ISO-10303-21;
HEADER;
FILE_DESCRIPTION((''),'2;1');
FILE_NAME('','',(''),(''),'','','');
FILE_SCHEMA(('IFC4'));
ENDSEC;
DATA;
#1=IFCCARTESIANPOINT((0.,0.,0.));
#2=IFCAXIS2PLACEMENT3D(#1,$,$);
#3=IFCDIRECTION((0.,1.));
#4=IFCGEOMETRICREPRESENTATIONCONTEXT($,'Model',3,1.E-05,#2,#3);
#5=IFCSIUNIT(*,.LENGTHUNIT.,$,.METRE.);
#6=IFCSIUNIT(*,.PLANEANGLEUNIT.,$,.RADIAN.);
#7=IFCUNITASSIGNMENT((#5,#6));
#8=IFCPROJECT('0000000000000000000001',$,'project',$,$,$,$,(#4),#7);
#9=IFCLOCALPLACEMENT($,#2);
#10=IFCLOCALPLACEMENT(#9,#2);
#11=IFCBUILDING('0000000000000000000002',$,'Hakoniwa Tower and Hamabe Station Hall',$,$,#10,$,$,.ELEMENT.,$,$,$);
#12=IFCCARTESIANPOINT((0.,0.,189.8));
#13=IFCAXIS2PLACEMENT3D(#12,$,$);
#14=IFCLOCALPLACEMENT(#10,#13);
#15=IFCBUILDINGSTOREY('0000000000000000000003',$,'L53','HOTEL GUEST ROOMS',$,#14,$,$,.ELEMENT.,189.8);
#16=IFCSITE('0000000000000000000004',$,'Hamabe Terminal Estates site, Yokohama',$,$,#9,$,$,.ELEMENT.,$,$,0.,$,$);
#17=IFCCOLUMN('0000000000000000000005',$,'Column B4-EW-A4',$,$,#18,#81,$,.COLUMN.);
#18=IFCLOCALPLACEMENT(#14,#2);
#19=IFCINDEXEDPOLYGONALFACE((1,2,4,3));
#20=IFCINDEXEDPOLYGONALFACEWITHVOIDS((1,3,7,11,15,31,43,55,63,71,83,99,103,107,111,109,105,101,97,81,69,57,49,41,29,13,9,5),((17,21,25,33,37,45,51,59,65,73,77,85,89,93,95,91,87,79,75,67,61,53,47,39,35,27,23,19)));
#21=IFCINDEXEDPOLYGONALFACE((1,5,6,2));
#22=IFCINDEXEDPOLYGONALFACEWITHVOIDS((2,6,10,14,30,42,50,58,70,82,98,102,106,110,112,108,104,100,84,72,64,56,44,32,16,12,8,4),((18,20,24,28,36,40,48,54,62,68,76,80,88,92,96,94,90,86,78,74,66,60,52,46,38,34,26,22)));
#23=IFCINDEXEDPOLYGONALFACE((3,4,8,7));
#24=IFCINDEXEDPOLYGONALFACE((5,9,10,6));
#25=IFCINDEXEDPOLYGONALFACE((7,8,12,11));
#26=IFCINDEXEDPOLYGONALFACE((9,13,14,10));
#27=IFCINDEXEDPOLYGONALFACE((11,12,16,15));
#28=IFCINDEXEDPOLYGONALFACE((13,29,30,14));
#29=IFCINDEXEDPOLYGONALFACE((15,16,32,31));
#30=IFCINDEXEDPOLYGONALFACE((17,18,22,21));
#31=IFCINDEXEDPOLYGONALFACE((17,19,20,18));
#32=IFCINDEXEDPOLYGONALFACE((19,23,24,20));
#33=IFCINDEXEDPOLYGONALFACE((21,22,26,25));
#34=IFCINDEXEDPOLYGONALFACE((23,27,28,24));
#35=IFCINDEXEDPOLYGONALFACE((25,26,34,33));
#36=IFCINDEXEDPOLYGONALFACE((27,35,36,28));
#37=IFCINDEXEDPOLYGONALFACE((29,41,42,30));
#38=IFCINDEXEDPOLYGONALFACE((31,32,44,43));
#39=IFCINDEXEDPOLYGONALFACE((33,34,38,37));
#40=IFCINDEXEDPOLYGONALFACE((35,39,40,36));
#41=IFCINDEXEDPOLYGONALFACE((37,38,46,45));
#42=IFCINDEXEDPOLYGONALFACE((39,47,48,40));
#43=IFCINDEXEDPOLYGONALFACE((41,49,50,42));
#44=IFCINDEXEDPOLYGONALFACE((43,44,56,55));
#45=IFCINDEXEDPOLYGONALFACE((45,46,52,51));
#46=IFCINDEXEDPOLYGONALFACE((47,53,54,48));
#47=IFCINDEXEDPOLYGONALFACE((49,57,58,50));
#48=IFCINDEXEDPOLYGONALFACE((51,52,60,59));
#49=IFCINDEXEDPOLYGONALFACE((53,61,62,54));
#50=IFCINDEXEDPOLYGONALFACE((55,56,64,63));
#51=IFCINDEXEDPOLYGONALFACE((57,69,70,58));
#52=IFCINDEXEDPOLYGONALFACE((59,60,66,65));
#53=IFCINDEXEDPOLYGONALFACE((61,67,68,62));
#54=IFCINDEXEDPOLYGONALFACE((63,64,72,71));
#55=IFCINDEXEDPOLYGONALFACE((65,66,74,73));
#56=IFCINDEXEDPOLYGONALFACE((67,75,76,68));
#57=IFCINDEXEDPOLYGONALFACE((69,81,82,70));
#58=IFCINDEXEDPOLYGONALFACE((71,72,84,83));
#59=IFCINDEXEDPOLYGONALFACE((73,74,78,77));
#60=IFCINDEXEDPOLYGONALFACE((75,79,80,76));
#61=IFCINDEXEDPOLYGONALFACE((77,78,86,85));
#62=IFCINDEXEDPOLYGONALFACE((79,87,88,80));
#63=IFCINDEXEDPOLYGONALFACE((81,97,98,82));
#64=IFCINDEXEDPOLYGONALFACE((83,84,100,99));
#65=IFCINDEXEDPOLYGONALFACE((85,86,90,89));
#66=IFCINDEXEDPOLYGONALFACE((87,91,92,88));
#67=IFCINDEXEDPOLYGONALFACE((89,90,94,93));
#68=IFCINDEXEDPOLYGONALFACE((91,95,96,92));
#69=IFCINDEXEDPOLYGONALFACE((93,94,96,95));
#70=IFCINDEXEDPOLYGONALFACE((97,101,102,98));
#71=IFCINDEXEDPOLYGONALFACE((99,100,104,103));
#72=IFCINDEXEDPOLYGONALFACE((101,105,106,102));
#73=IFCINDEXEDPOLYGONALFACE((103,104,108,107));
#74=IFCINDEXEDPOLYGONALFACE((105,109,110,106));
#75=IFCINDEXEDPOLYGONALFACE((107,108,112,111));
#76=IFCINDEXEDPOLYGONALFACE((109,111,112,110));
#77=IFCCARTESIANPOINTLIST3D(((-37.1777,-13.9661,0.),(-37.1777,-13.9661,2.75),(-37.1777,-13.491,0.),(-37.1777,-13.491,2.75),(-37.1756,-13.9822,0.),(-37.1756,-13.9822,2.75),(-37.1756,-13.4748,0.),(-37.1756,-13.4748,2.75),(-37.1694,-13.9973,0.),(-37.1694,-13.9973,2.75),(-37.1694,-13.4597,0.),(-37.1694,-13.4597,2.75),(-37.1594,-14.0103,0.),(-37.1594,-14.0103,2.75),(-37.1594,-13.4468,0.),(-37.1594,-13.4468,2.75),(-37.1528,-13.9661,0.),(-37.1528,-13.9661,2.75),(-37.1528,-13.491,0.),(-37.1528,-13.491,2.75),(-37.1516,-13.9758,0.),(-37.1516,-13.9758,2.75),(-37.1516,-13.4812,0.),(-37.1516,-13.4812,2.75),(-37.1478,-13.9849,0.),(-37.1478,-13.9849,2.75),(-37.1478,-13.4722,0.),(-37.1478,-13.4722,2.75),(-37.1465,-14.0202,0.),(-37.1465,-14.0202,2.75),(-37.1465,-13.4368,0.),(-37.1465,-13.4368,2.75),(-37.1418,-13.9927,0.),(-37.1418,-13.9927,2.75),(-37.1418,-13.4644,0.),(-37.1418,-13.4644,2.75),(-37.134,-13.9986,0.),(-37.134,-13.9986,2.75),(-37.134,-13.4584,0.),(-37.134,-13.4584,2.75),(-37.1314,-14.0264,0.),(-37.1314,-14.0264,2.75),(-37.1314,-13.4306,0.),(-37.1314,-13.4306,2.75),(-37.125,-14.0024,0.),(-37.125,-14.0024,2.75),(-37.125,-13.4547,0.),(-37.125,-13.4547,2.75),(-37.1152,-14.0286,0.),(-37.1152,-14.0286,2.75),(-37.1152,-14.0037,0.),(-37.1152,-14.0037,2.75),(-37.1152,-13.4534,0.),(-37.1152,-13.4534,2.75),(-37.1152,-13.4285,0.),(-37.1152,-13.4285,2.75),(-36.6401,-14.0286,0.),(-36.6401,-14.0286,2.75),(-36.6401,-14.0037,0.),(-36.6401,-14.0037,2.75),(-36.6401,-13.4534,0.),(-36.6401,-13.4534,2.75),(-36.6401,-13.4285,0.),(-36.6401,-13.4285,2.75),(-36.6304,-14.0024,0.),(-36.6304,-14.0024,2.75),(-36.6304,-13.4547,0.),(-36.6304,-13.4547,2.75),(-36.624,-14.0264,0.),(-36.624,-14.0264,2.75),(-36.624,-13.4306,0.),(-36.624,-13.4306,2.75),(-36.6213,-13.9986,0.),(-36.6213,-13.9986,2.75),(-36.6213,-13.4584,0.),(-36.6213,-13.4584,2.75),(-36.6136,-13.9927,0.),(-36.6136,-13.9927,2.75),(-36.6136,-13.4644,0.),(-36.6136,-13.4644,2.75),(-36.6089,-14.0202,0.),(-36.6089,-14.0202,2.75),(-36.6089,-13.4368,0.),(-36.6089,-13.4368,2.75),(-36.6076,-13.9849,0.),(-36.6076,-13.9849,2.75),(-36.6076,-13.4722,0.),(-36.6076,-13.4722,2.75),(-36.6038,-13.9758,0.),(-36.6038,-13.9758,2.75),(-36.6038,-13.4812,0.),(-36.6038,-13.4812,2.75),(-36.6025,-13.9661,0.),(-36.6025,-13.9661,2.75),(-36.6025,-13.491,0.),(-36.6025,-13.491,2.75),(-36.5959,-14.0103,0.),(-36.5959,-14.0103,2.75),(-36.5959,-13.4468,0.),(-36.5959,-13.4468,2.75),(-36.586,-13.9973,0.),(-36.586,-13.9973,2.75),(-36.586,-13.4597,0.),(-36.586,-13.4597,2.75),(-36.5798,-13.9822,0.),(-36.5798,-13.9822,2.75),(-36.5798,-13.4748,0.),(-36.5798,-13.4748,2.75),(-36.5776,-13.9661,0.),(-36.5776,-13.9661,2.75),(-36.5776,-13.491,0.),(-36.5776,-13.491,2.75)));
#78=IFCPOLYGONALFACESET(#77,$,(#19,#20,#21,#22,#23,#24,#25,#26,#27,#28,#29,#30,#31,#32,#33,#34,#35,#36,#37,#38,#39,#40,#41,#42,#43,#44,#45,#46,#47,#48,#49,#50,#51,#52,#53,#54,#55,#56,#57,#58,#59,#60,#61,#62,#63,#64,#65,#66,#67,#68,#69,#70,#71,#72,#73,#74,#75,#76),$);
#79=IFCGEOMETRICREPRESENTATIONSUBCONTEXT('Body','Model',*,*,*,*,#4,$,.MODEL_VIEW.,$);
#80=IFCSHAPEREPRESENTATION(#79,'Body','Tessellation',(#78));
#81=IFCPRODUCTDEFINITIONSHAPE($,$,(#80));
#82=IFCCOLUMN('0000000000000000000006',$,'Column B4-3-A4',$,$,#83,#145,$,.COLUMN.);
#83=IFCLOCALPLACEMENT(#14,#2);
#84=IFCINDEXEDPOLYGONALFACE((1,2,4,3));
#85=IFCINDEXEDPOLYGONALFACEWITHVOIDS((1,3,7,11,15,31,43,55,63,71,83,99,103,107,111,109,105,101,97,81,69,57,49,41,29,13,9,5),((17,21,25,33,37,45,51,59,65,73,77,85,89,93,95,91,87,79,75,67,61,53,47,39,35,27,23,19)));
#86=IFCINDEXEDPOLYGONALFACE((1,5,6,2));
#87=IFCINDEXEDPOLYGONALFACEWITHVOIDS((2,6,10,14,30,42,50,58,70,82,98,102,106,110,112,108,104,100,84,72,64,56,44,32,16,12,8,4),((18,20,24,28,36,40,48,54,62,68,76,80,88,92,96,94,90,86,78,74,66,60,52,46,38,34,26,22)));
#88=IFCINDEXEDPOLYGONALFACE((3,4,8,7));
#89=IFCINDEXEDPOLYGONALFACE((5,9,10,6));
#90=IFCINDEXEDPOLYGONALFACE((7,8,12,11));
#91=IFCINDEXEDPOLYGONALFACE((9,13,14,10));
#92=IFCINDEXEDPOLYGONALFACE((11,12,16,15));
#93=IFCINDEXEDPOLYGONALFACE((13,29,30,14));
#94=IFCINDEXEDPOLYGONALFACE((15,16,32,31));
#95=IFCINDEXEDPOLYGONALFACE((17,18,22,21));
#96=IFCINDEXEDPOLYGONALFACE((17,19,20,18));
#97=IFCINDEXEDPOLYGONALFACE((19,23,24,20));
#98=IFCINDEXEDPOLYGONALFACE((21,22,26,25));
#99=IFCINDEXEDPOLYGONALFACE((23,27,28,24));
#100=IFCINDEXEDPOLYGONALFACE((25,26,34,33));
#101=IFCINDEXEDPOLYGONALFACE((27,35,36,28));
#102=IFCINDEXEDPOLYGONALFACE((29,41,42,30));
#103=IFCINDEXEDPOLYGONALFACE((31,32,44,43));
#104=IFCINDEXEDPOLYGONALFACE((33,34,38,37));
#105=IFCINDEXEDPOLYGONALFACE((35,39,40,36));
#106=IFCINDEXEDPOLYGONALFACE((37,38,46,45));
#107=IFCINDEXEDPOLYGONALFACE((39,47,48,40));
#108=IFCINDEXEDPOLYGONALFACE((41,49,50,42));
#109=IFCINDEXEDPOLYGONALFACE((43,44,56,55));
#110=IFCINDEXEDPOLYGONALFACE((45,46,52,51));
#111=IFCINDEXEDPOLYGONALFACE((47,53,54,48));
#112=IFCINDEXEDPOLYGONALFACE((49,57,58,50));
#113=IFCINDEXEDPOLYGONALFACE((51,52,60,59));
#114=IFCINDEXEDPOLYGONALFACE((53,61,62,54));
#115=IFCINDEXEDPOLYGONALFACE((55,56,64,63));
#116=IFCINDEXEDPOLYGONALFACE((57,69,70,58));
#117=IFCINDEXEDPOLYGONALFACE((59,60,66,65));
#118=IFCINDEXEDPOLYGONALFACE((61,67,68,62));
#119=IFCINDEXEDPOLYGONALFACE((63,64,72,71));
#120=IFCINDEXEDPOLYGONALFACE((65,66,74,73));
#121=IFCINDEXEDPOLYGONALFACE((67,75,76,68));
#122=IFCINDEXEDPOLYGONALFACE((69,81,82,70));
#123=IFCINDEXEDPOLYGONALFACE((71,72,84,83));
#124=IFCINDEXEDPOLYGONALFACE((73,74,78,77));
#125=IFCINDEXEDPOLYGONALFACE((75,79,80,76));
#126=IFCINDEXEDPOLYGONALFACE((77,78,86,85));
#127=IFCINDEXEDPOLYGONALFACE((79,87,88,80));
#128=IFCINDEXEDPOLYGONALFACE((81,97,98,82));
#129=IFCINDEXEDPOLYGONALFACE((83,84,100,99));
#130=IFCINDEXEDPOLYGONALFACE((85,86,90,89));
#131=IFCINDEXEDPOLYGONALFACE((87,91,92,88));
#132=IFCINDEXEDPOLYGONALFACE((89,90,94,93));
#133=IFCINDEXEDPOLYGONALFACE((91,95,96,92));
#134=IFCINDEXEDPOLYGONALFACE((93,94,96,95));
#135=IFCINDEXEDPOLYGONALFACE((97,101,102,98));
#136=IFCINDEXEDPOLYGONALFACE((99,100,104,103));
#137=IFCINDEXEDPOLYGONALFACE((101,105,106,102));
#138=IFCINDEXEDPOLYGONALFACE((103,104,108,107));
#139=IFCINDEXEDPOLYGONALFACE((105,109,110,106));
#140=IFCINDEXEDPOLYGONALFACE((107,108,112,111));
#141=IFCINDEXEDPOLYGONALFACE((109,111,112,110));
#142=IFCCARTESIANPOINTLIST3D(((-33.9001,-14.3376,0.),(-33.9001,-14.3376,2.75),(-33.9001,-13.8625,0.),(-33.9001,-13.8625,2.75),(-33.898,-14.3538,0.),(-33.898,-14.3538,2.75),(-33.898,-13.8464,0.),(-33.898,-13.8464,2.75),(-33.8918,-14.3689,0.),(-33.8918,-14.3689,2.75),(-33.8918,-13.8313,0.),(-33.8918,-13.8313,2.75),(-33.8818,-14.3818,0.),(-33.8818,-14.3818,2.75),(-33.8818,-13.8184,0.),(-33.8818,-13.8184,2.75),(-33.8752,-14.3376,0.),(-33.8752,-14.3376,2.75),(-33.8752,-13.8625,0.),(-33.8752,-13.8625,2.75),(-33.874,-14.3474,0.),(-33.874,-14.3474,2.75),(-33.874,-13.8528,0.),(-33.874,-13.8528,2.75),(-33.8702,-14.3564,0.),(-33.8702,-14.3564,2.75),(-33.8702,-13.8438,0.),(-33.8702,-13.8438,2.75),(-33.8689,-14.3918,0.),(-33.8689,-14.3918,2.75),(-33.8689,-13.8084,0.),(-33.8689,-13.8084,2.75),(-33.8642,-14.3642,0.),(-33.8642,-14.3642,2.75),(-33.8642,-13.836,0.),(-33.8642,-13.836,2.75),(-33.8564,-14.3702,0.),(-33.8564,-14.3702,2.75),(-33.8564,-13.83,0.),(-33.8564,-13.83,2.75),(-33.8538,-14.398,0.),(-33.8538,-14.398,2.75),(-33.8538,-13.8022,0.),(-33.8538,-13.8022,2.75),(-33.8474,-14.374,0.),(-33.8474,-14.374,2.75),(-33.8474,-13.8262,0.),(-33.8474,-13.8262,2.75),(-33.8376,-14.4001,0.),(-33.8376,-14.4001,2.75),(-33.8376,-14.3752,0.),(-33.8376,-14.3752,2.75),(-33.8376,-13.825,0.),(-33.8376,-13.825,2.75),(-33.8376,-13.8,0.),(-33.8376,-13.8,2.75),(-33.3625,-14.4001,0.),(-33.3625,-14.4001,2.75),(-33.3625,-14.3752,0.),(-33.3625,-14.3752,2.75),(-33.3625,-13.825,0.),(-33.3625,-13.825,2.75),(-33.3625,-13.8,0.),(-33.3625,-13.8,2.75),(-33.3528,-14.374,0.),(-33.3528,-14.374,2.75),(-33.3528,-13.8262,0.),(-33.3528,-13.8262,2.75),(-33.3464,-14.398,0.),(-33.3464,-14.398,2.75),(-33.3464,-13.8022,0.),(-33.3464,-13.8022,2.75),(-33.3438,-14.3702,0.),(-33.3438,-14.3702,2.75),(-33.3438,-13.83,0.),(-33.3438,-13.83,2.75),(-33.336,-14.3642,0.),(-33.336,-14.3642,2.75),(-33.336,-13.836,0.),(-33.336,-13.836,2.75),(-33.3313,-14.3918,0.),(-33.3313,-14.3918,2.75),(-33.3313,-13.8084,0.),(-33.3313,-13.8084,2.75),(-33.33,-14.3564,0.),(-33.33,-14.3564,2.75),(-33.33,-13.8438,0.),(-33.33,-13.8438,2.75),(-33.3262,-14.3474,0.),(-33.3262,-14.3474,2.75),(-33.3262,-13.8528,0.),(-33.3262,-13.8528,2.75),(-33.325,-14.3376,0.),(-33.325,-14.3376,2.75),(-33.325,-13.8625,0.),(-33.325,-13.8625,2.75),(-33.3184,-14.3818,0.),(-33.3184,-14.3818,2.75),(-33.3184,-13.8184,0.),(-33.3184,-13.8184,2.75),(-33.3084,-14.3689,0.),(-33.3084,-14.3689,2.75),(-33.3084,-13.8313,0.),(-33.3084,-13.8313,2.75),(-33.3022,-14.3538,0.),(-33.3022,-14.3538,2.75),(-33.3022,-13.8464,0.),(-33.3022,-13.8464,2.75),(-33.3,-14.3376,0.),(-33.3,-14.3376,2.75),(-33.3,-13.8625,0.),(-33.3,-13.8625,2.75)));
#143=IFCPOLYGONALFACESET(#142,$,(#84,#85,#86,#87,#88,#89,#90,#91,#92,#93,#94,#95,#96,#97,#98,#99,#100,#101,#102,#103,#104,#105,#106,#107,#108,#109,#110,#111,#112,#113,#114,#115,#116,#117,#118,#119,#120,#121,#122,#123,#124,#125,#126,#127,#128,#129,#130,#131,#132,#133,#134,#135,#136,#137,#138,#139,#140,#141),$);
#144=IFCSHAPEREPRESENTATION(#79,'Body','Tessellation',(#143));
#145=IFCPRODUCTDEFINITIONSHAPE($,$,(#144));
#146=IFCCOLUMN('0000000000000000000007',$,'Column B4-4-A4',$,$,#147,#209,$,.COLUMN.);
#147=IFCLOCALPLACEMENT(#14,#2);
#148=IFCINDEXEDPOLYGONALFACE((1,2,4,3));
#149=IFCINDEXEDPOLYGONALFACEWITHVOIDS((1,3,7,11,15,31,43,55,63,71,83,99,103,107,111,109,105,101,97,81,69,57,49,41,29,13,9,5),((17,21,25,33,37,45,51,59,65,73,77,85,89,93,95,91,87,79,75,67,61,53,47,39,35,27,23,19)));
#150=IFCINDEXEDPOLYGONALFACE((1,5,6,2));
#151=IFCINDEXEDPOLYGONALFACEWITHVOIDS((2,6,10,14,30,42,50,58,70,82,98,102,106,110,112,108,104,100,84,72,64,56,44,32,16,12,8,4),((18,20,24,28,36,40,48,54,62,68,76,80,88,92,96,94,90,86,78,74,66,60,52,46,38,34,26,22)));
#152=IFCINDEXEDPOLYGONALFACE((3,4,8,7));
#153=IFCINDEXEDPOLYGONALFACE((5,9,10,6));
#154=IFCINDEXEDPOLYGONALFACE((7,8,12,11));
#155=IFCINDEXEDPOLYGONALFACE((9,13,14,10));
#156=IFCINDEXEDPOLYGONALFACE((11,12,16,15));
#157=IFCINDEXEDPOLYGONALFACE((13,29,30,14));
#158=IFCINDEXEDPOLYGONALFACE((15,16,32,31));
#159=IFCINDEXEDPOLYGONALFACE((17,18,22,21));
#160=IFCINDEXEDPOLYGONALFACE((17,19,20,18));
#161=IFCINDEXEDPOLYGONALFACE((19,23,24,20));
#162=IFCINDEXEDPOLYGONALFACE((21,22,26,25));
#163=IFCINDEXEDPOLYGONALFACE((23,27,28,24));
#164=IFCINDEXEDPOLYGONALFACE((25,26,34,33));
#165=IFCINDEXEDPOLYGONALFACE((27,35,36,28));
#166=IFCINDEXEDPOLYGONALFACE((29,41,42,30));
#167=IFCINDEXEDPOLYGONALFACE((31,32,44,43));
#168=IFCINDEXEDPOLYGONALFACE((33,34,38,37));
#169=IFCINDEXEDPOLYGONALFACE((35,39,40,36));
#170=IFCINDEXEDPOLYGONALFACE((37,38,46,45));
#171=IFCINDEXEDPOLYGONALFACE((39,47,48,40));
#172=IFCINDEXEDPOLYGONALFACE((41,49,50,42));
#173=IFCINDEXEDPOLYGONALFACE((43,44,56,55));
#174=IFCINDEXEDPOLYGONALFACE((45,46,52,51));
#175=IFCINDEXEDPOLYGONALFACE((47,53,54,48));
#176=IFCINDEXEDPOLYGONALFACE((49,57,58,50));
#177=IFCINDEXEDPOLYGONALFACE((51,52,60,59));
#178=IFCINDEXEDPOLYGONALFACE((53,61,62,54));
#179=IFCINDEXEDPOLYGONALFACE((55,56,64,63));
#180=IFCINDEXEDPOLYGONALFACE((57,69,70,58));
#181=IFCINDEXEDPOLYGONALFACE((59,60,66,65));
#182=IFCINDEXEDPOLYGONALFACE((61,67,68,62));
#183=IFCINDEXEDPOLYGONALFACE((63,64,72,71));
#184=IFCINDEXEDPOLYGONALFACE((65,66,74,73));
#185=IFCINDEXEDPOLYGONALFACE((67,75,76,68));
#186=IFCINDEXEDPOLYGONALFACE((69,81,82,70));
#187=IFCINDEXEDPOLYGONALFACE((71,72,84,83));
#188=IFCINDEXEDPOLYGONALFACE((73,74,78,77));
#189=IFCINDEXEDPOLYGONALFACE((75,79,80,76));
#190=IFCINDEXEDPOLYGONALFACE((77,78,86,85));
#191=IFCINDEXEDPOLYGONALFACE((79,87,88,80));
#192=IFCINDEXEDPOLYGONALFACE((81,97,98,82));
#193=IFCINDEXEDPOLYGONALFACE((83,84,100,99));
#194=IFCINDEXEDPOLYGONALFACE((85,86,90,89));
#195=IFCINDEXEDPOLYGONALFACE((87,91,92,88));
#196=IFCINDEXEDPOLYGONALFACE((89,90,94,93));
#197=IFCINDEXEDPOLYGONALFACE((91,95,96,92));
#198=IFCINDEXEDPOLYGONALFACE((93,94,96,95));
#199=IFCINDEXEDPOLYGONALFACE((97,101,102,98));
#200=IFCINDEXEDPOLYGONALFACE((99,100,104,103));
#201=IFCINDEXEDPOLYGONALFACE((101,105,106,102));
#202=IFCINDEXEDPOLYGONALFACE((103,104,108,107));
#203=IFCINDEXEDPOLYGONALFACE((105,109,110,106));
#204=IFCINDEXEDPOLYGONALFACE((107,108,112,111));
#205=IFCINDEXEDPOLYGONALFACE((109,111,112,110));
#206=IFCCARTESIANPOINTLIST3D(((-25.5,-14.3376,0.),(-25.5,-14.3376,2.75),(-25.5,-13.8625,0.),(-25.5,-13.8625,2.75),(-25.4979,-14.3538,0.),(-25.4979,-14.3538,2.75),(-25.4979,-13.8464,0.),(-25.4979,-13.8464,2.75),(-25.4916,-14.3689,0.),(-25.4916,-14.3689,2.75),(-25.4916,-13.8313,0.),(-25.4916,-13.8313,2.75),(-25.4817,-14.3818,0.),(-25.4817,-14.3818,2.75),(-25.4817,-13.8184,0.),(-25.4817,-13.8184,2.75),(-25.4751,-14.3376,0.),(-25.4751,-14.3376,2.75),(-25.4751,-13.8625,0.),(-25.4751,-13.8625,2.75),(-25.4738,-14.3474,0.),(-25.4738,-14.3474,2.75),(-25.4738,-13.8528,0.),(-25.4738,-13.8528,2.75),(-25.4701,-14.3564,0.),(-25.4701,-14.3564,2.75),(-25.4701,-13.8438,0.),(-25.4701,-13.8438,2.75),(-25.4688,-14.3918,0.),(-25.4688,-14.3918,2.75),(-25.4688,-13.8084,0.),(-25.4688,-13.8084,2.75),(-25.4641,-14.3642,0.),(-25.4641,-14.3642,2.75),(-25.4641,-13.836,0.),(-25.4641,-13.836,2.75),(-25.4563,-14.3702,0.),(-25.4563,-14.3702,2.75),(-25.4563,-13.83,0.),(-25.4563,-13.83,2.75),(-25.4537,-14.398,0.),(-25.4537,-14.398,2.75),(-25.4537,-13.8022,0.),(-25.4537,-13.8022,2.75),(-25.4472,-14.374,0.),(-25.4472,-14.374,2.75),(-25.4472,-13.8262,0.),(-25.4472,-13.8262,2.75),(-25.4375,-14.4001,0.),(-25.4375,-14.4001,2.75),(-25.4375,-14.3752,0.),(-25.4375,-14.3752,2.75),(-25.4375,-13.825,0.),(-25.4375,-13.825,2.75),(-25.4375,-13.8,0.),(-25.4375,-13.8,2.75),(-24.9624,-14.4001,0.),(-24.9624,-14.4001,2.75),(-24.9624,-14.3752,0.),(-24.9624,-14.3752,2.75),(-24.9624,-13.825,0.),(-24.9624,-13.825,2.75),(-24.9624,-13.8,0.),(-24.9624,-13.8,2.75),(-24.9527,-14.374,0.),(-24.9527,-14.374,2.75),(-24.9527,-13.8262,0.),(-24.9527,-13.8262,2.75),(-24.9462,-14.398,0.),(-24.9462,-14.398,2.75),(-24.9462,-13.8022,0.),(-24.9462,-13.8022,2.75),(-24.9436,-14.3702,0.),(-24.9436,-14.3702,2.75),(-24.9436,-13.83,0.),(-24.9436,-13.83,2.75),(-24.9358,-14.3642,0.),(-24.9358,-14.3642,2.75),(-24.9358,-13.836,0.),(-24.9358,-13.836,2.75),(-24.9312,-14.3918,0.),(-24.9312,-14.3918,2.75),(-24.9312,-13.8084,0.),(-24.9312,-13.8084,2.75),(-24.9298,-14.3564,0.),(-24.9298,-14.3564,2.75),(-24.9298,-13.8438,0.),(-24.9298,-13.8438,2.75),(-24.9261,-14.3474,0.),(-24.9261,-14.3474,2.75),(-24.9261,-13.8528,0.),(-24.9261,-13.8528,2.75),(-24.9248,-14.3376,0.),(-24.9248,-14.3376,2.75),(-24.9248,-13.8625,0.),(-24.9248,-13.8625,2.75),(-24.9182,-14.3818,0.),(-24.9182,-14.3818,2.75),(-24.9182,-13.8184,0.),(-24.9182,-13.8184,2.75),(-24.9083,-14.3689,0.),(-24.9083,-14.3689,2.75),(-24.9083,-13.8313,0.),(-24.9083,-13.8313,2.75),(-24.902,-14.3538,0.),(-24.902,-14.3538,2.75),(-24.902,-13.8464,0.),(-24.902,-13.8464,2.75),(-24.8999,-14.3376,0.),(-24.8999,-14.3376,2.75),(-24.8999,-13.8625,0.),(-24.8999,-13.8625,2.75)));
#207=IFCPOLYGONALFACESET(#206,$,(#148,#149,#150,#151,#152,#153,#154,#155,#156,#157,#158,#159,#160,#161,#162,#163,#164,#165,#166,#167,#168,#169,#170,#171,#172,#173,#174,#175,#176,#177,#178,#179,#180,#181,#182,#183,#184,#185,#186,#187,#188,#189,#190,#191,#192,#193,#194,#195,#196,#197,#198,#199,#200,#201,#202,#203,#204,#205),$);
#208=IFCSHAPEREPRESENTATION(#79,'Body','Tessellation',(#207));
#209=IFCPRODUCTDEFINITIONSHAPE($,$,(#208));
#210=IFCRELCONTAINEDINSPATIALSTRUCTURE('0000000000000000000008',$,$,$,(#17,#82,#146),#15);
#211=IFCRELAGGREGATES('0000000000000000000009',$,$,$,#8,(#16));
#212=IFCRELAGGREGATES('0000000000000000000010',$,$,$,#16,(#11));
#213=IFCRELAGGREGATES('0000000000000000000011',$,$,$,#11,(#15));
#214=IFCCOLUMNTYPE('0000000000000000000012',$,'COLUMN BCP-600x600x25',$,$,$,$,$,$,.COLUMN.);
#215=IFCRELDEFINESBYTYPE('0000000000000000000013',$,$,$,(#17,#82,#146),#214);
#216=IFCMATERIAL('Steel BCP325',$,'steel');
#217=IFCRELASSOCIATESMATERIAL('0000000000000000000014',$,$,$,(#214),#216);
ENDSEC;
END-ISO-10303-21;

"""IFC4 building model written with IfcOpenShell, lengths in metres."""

from ifc_helpers import new_model, si_unit, direction, frame, origin, origin_2d, place, context, subcontext, project, spatial, hollow_rectangle, extrude, material, material_profile, profile_set, type_object, element, save


model = new_model("IFC4")

# Units and contexts
model_context = context("Model", 3, precision=1e-05, world=origin(), true_north=direction((0.0, 1.0)))
body_context = subcontext(model_context, "Body", "Model", "MODEL_VIEW")
ifc_project = project(units=[si_unit("LENGTHUNIT", "METRE"), si_unit("PLANEANGLEUNIT", "RADIAN")], contexts=[model_context])

# Site, building, storey
site_placement = place(None, origin())
site = spatial("IfcSite", under=ifc_project, at=site_placement, Name="Hamabe Terminal Estates site, Yokohama", CompositionType="ELEMENT", RefElevation=0.0)
building_placement = place(site_placement, origin())
building = spatial("IfcBuilding", under=site, at=building_placement, Name="Hakoniwa Tower and Hamabe Station Hall", CompositionType="ELEMENT")
storey_placement = place(building_placement, frame((0.0, 0.0, 189.8)))
storey = spatial("IfcBuildingStorey", under=building, at=storey_placement, Name="L53", Description="HOTEL GUEST ROOMS", CompositionType="ELEMENT", Elevation=189.8)

# Columns
ifc_material_1 = material(Name="Steel BCP325", Category="steel")
ifc_material_profile_1 = material_profile(ifc_material_1, hollow_rectangle(XDim=0.6001, YDim=0.6001, WallThickness=0.0249, InnerFilletRadius=0.0376, OuterFilletRadius=0.0625, at=origin_2d()), Name="BCP-600x600x25")
ifc_profile_set_1 = profile_set([ifc_material_profile_1], Name="Steel BCP325")
column_type = type_object("IfcColumnType", Name="COLUMN BCP-600x600x25", PredefinedType="COLUMN", material=ifc_profile_set_1)
for number, where, z_axis, x_axis, name in (
    (1, (-36.8777, -13.7285, 0.0), (0.0, 0.0, 1.0), (1.0, 0.0, 0.0), "Column B4-EW-A4"),
    (2, (-33.6001, -14.1001, 0.0), (0.0, 0.0, 1.0), (1.0, 0.0, 0.0), "Column B4-3-A4"),
    (3, (-25.2, -14.1001, 0.0), (0.0, 0.0, 1.0), (1.0, 0.0, 0.0), "Column B4-4-A4"),
):
    element("IfcColumn", number, at=place(storey_placement, frame(where, z_axis=z_axis, x_axis=x_axis)), inside=storey, type_object=column_type, Name=name, PredefinedType="COLUMN", context=body_context, shape_type="SweptSolid", body=[
        extrude(hollow_rectangle(XDim=0.6001, YDim=0.6001, WallThickness=0.0249, InnerFilletRadius=0.0376, OuterFilletRadius=0.0625, at=origin_2d()), origin(), (0.0, 0.0, 1.0), 2.75),
    ])

save(model, "model.ifc")
